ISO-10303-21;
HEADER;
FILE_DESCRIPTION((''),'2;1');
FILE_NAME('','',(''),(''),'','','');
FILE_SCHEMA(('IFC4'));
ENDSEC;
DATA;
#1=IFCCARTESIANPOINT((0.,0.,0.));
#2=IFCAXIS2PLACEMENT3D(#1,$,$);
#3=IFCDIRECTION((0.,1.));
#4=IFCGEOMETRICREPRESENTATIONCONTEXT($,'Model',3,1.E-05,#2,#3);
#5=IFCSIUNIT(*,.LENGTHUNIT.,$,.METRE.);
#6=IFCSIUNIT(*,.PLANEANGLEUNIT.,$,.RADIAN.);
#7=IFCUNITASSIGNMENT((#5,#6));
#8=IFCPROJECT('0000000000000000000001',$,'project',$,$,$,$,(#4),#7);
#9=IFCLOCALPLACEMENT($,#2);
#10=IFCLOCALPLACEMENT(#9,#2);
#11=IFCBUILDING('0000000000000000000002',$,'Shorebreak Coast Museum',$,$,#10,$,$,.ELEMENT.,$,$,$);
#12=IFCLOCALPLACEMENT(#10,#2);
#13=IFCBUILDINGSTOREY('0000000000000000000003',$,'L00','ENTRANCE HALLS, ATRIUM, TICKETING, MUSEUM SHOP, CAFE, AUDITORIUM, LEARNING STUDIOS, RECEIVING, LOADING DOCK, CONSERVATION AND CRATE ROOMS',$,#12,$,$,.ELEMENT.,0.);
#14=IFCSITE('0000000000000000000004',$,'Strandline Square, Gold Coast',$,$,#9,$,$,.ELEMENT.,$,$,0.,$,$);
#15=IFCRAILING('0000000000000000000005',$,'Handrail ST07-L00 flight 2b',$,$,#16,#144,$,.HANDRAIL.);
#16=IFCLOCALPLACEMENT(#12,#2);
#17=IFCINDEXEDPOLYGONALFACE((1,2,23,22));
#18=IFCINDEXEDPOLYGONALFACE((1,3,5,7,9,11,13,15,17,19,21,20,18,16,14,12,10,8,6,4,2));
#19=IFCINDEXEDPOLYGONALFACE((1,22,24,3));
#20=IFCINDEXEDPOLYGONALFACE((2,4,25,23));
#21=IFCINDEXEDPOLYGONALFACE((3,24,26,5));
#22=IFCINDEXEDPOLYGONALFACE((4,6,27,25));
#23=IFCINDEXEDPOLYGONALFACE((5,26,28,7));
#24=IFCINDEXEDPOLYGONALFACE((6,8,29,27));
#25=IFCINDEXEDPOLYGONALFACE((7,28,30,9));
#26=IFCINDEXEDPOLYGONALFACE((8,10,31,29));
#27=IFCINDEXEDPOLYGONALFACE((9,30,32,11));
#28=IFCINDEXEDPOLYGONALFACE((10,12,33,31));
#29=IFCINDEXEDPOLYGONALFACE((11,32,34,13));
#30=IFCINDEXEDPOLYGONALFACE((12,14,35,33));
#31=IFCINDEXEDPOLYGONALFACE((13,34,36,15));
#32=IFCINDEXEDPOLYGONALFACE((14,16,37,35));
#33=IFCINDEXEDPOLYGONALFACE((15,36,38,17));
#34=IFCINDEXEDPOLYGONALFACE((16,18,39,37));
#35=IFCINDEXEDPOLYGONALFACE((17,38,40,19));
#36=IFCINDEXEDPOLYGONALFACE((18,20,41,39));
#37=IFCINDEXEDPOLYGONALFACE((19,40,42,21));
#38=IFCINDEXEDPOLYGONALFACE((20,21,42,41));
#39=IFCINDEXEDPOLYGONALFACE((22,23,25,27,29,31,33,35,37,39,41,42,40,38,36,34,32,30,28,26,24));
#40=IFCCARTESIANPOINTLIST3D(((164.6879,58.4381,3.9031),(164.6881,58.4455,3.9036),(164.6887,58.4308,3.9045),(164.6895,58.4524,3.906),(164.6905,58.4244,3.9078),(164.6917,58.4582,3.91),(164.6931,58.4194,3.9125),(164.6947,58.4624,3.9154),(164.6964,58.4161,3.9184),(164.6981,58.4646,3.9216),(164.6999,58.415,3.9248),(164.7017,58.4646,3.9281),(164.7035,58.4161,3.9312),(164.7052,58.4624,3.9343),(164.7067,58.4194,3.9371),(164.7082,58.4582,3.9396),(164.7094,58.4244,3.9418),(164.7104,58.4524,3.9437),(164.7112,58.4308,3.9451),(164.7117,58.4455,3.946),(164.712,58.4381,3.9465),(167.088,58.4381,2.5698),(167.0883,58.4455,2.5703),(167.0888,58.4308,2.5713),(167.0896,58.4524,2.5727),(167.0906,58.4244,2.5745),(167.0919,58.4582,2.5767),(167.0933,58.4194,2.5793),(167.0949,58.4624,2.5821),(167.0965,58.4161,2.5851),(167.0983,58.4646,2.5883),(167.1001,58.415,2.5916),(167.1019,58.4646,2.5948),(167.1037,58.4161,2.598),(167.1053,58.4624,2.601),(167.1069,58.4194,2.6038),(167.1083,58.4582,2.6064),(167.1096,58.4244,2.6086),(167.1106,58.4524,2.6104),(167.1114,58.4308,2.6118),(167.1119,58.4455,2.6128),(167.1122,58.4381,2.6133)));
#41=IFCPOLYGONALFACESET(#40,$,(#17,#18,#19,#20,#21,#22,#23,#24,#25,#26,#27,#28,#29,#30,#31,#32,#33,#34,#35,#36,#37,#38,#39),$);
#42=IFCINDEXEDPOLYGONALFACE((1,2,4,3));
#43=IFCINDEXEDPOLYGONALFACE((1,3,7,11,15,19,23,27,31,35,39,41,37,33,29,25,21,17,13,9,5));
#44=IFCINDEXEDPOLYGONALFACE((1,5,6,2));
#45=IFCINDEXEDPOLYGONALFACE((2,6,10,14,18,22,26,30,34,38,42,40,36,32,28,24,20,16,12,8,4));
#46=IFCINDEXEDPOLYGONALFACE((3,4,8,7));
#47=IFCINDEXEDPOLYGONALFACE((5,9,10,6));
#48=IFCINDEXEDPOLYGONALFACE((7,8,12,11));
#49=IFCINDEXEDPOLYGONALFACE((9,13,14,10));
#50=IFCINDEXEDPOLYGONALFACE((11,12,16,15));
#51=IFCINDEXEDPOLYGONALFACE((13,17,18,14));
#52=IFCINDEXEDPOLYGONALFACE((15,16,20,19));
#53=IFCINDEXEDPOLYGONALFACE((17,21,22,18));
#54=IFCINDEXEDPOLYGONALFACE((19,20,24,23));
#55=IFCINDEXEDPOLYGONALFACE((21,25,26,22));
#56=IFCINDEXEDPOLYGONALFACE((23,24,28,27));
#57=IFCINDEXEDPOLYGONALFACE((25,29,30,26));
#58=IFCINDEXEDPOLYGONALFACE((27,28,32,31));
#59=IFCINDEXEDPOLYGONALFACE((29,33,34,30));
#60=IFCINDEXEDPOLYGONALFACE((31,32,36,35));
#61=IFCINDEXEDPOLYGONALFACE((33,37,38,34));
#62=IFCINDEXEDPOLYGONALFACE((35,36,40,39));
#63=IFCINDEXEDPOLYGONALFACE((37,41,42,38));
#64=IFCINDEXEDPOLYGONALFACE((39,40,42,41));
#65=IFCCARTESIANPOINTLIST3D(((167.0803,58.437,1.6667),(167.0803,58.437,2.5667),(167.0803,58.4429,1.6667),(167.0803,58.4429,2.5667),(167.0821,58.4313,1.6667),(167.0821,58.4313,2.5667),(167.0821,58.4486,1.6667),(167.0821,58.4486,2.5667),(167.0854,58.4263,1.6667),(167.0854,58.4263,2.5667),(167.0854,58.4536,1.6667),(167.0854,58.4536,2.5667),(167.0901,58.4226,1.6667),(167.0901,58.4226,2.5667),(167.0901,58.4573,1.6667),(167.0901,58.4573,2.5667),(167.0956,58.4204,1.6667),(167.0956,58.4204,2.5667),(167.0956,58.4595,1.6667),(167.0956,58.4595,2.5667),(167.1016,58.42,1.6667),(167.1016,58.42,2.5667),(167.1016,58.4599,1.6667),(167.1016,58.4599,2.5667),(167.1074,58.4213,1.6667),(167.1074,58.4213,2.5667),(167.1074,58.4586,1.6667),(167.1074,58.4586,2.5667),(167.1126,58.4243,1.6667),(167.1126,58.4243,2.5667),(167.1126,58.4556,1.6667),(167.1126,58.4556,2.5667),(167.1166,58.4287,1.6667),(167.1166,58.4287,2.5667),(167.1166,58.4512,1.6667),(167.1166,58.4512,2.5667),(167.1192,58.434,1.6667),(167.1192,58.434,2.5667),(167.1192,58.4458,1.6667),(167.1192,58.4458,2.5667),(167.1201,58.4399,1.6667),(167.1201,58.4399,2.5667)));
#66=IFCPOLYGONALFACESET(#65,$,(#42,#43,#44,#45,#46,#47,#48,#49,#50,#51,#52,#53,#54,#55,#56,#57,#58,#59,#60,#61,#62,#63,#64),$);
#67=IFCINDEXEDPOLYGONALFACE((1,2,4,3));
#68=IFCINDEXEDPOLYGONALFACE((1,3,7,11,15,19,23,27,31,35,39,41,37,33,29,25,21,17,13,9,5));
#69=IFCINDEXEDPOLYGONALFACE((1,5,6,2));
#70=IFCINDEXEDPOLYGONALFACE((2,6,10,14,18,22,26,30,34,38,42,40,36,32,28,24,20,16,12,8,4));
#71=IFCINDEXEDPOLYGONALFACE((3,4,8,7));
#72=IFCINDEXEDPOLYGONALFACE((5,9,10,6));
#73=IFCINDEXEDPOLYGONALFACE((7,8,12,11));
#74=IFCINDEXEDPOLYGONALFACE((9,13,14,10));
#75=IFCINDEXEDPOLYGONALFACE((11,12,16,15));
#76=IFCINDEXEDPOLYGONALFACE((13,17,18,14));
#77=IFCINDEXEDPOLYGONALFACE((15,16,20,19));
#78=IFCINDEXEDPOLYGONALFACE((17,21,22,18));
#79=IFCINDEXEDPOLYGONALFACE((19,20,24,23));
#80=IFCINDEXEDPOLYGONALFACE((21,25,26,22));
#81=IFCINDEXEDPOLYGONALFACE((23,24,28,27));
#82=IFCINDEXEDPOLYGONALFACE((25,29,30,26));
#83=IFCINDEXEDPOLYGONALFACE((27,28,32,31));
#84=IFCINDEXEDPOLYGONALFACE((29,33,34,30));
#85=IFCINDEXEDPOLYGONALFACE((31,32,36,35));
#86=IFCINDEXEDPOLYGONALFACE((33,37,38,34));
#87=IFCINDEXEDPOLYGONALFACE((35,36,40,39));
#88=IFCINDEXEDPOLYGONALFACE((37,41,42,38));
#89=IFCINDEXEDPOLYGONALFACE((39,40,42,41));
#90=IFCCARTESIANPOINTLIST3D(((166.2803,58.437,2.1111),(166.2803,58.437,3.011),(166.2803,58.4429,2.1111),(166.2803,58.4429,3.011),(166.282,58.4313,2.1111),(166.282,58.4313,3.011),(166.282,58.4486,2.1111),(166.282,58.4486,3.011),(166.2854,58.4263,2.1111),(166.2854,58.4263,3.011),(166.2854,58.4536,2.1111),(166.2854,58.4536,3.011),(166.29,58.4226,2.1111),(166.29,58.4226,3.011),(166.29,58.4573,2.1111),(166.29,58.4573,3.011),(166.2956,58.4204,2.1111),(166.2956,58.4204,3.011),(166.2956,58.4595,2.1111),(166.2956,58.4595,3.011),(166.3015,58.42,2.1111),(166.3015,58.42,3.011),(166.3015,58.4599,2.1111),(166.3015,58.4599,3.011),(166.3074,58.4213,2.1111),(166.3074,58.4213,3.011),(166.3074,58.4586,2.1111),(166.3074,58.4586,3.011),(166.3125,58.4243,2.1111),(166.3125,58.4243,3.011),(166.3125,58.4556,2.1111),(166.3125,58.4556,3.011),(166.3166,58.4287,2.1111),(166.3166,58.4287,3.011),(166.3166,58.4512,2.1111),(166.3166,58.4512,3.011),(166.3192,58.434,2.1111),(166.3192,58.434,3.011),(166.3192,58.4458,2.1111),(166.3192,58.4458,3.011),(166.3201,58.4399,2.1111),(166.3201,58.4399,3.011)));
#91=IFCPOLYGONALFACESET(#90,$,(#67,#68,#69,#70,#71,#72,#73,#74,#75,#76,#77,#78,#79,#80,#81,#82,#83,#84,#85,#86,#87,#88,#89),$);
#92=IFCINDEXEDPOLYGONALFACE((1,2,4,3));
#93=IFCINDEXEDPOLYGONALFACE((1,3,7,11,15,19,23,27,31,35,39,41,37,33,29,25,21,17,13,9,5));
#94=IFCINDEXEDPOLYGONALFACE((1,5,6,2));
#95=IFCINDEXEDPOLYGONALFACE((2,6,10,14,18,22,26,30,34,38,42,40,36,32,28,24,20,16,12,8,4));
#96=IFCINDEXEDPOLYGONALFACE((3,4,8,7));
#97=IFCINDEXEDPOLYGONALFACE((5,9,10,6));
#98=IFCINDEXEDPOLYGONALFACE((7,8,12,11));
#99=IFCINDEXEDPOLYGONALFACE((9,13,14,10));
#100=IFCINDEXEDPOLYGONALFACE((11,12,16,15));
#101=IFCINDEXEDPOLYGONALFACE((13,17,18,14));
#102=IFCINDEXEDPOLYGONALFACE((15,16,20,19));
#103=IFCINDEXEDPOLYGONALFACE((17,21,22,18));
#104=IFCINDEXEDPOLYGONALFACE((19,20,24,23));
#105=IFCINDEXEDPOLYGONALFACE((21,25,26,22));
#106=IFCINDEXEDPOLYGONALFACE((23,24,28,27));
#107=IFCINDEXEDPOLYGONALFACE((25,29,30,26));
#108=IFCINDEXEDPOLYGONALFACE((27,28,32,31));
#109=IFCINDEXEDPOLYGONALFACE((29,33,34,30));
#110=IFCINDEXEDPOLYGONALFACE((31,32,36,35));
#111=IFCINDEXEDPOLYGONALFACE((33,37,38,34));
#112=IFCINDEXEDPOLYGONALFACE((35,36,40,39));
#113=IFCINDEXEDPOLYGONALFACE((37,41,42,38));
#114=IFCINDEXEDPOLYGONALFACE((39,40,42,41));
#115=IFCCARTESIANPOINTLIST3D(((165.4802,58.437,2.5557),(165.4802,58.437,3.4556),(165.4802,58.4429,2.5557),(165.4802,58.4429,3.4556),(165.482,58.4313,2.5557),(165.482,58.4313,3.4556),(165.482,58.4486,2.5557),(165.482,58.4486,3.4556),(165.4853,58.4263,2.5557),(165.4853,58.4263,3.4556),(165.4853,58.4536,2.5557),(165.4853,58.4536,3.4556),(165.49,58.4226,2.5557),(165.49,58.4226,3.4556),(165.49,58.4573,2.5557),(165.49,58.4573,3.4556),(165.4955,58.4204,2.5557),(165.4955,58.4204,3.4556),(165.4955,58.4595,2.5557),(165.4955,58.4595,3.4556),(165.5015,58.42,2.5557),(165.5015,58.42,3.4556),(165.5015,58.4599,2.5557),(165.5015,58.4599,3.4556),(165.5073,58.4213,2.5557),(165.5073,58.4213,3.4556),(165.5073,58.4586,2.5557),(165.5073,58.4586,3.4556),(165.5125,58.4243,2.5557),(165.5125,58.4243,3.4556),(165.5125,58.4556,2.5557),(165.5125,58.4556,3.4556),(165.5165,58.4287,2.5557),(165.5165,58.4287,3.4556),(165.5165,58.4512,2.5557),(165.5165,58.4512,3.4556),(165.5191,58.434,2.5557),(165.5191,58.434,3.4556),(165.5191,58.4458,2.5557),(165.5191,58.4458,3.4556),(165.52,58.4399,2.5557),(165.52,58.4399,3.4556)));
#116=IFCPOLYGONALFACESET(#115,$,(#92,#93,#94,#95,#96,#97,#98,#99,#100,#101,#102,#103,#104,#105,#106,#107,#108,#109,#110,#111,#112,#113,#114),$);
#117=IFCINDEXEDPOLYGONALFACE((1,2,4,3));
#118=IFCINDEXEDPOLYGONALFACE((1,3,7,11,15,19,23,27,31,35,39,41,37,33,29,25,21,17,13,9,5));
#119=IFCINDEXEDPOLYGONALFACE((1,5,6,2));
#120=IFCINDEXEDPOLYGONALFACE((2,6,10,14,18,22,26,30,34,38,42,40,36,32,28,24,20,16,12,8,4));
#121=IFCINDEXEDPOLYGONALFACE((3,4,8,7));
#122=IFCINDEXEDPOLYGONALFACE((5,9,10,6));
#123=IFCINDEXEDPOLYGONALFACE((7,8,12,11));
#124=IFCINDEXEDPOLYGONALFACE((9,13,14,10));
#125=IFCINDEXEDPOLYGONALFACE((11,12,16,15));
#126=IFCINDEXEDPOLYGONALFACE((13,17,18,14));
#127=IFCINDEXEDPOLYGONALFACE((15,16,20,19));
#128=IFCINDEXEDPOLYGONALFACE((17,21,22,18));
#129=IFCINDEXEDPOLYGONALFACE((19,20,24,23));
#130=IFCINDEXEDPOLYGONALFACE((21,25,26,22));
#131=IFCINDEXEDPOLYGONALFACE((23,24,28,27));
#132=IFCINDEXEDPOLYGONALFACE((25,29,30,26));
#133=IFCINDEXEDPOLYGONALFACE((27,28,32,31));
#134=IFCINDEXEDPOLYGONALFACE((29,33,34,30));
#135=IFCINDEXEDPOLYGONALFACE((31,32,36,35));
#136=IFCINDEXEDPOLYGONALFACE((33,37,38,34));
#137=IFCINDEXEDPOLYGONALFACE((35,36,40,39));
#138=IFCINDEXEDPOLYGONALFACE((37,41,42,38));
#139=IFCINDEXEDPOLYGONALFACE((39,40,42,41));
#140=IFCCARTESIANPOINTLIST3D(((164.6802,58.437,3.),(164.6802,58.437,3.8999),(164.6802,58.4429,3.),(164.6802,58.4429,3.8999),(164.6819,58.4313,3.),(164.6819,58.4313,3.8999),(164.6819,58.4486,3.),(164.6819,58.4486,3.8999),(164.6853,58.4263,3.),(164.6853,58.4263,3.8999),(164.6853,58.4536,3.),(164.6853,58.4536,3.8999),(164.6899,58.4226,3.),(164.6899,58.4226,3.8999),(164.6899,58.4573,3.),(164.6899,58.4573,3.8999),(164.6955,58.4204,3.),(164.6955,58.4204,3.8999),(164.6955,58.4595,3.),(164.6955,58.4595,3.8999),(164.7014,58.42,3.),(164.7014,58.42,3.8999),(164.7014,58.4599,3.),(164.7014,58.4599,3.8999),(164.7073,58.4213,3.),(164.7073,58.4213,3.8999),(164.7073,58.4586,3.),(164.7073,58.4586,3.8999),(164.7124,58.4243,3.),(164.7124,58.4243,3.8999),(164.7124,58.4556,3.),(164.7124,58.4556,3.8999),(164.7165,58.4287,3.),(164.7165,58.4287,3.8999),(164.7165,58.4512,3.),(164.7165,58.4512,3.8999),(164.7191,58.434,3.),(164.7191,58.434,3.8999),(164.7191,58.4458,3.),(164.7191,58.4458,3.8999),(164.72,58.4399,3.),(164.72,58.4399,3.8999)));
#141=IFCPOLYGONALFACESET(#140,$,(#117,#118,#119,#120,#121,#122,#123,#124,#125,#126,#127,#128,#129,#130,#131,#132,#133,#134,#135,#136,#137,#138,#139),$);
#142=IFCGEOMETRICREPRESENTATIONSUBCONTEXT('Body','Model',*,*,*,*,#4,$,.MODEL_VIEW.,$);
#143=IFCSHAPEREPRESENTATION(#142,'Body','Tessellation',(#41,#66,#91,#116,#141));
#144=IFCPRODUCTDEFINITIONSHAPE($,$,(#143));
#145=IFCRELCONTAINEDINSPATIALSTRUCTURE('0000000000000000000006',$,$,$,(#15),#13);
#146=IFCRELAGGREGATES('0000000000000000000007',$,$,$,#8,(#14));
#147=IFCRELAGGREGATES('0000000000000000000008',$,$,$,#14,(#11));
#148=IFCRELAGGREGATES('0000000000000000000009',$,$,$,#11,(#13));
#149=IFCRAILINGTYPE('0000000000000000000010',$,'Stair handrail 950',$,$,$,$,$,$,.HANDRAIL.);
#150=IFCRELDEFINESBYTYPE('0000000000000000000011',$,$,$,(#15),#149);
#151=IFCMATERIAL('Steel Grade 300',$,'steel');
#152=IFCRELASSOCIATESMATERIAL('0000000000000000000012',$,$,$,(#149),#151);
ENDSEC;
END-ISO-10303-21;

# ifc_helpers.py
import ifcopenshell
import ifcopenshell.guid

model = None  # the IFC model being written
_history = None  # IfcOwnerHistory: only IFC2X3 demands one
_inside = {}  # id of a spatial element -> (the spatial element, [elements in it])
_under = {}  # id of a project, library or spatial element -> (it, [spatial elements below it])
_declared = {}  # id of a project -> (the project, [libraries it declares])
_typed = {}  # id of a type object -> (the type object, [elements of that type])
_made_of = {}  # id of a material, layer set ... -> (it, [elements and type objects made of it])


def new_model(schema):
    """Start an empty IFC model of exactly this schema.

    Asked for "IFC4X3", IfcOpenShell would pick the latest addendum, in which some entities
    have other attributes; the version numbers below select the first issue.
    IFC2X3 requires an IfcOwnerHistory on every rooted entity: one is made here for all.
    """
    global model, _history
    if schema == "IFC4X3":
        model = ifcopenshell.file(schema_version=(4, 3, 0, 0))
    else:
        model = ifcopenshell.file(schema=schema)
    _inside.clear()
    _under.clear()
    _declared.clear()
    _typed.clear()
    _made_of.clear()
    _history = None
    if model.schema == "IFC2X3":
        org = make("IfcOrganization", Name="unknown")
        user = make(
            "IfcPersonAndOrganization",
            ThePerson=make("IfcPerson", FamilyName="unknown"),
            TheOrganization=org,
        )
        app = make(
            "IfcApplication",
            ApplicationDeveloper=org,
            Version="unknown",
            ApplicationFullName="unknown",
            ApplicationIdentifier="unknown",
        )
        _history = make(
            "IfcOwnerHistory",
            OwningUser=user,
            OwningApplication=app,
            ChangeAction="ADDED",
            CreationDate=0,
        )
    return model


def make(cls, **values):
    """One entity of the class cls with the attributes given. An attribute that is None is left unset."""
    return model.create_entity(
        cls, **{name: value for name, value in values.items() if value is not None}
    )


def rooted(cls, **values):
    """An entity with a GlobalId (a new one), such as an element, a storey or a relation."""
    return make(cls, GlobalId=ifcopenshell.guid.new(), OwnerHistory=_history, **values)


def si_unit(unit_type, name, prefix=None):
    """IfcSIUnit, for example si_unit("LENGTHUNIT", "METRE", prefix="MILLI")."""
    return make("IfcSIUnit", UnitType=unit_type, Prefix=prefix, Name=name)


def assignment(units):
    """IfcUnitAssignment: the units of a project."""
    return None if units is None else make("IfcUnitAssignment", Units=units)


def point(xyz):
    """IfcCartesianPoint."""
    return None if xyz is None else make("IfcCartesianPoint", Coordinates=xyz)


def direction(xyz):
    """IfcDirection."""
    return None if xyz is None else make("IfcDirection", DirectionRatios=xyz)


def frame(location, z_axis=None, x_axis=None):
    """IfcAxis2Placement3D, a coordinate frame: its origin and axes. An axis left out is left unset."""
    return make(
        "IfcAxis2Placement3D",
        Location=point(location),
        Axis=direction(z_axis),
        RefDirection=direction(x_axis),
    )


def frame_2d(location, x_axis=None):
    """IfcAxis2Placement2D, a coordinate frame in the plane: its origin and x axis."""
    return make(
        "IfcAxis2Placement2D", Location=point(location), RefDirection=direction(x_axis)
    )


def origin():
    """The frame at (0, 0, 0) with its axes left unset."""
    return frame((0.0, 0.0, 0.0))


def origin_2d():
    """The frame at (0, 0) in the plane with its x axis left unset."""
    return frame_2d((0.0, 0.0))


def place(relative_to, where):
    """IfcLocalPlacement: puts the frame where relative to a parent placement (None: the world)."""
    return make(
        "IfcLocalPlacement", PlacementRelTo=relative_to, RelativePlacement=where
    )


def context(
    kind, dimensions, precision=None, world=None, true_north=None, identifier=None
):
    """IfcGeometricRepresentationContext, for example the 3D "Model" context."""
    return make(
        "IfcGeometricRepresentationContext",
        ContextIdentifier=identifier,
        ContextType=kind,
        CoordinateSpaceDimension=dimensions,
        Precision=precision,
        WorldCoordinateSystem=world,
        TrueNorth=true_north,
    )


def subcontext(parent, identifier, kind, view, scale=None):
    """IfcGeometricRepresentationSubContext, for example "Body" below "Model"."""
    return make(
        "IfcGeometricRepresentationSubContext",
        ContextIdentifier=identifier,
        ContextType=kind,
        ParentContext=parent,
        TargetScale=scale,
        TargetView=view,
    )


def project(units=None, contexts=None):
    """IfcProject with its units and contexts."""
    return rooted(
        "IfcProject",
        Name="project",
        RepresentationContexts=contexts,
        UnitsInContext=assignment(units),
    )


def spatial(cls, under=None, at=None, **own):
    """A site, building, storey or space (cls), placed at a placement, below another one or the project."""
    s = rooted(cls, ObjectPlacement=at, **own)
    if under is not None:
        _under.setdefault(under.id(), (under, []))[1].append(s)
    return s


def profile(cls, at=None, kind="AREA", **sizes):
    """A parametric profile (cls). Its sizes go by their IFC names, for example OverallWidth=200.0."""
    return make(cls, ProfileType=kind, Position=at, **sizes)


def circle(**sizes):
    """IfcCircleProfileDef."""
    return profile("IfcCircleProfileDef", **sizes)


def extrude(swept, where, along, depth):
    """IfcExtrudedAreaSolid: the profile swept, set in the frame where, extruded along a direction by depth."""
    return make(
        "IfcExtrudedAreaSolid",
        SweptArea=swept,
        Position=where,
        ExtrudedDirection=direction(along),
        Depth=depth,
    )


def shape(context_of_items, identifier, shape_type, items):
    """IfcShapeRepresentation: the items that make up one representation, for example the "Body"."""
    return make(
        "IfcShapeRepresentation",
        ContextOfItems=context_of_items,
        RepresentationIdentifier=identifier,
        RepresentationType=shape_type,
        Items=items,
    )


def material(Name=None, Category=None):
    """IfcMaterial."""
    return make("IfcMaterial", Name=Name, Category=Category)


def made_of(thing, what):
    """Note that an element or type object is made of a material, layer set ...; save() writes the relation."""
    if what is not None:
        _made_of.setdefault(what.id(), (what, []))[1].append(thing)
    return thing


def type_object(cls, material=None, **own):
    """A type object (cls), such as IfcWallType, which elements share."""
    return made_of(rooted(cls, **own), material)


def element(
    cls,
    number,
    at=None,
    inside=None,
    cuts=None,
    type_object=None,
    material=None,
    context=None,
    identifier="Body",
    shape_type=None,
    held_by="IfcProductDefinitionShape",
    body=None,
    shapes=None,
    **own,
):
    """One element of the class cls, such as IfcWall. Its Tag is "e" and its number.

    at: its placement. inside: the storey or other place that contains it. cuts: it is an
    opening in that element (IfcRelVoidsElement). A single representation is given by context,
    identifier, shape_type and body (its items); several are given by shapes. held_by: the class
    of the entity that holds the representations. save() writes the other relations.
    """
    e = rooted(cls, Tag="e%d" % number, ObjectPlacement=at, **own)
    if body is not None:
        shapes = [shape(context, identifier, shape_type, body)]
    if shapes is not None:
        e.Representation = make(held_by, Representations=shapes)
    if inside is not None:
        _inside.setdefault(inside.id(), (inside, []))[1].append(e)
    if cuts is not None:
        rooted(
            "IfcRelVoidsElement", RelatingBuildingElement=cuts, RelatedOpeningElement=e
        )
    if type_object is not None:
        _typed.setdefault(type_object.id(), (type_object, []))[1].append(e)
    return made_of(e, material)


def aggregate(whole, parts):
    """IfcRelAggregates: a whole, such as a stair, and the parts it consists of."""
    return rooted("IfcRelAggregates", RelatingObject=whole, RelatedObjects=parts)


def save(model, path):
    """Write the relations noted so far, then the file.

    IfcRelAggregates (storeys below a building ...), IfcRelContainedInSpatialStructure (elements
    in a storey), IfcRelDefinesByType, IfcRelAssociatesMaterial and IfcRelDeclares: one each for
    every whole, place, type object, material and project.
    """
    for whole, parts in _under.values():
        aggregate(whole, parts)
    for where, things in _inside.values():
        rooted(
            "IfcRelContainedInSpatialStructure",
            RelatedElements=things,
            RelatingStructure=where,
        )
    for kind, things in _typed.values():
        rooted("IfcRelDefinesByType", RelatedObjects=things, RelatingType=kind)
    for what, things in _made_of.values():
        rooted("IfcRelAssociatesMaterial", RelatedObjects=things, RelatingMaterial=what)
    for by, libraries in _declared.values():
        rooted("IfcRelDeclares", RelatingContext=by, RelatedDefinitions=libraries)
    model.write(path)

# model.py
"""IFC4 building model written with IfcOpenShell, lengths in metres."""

from ifc_helpers import new_model, si_unit, direction, frame, origin, origin_2d, place, context, subcontext, project, spatial, circle, extrude, material, type_object, element, save


model = new_model("IFC4")

# Units and contexts
model_context = context("Model", 3, precision=1e-05, world=origin(), true_north=direction((0.0, 1.0)))
body_context = subcontext(model_context, "Body", "Model", "MODEL_VIEW")
ifc_project = project(units=[si_unit("LENGTHUNIT", "METRE"), si_unit("PLANEANGLEUNIT", "RADIAN")], contexts=[model_context])

# Site, building, storey
site_placement = place(None, origin())
site = spatial("IfcSite", under=ifc_project, at=site_placement, Name="Strandline Square, Gold Coast", CompositionType="ELEMENT", RefElevation=0.0)
building_placement = place(site_placement, origin())
building = spatial("IfcBuilding", under=site, at=building_placement, Name="Shorebreak Coast Museum", CompositionType="ELEMENT")
storey_placement = place(building_placement, origin())
storey = spatial("IfcBuildingStorey", under=building, at=storey_placement, Name="L00", Description="ENTRANCE HALLS, ATRIUM, TICKETING, MUSEUM SHOP, CAFE, AUDITORIUM, LEARNING STUDIOS, RECEIVING, LOADING DOCK, CONSERVATION AND CRATE ROOMS", CompositionType="ELEMENT", Elevation=0.0)

# Railing
ifc_material_1 = material(Name="Steel Grade 300", Category="steel")
railing_type_1 = type_object("IfcRailingType", Name="Stair handrail 950", PredefinedType="HANDRAIL", material=ifc_material_1)
for number, where, name in (
    (1, (167.1001, 58.4399, 1.6667), "Handrail ST07-L00 flight 2b"),
):
    element("IfcRailing", number, at=place(storey_placement, frame(where)), inside=storey, type_object=railing_type_1, Name=name, PredefinedType="HANDRAIL", context=body_context, shape_type="SweptSolid", body=[
        extrude(circle(Radius=0.0249, at=origin_2d()), frame((0.0, 0.0, 0.9248), z_axis=(-0.874182, 0.0, 0.485598), x_axis=(0.0, -1.0, 0.0)), (0.0, 0.0, 1.0), 2.7456),
        extrude(circle(Radius=0.02, at=origin_2d()), origin(), (0.0, 0.0, 1.0), 0.8999),
        extrude(circle(Radius=0.02, at=origin_2d()), frame((-0.8, 0.0, 0.4443)), (0.0, 0.0, 1.0), 0.8999),
        extrude(circle(Radius=0.02, at=origin_2d()), frame((-1.6001, 0.0, 0.8889)), (0.0, 0.0, 1.0), 0.8999),
        extrude(circle(Radius=0.02, at=origin_2d()), frame((-2.4001, 0.0, 1.3333)), (0.0, 0.0, 1.0), 0.8999),
    ])

save(model, "model.ifc")
